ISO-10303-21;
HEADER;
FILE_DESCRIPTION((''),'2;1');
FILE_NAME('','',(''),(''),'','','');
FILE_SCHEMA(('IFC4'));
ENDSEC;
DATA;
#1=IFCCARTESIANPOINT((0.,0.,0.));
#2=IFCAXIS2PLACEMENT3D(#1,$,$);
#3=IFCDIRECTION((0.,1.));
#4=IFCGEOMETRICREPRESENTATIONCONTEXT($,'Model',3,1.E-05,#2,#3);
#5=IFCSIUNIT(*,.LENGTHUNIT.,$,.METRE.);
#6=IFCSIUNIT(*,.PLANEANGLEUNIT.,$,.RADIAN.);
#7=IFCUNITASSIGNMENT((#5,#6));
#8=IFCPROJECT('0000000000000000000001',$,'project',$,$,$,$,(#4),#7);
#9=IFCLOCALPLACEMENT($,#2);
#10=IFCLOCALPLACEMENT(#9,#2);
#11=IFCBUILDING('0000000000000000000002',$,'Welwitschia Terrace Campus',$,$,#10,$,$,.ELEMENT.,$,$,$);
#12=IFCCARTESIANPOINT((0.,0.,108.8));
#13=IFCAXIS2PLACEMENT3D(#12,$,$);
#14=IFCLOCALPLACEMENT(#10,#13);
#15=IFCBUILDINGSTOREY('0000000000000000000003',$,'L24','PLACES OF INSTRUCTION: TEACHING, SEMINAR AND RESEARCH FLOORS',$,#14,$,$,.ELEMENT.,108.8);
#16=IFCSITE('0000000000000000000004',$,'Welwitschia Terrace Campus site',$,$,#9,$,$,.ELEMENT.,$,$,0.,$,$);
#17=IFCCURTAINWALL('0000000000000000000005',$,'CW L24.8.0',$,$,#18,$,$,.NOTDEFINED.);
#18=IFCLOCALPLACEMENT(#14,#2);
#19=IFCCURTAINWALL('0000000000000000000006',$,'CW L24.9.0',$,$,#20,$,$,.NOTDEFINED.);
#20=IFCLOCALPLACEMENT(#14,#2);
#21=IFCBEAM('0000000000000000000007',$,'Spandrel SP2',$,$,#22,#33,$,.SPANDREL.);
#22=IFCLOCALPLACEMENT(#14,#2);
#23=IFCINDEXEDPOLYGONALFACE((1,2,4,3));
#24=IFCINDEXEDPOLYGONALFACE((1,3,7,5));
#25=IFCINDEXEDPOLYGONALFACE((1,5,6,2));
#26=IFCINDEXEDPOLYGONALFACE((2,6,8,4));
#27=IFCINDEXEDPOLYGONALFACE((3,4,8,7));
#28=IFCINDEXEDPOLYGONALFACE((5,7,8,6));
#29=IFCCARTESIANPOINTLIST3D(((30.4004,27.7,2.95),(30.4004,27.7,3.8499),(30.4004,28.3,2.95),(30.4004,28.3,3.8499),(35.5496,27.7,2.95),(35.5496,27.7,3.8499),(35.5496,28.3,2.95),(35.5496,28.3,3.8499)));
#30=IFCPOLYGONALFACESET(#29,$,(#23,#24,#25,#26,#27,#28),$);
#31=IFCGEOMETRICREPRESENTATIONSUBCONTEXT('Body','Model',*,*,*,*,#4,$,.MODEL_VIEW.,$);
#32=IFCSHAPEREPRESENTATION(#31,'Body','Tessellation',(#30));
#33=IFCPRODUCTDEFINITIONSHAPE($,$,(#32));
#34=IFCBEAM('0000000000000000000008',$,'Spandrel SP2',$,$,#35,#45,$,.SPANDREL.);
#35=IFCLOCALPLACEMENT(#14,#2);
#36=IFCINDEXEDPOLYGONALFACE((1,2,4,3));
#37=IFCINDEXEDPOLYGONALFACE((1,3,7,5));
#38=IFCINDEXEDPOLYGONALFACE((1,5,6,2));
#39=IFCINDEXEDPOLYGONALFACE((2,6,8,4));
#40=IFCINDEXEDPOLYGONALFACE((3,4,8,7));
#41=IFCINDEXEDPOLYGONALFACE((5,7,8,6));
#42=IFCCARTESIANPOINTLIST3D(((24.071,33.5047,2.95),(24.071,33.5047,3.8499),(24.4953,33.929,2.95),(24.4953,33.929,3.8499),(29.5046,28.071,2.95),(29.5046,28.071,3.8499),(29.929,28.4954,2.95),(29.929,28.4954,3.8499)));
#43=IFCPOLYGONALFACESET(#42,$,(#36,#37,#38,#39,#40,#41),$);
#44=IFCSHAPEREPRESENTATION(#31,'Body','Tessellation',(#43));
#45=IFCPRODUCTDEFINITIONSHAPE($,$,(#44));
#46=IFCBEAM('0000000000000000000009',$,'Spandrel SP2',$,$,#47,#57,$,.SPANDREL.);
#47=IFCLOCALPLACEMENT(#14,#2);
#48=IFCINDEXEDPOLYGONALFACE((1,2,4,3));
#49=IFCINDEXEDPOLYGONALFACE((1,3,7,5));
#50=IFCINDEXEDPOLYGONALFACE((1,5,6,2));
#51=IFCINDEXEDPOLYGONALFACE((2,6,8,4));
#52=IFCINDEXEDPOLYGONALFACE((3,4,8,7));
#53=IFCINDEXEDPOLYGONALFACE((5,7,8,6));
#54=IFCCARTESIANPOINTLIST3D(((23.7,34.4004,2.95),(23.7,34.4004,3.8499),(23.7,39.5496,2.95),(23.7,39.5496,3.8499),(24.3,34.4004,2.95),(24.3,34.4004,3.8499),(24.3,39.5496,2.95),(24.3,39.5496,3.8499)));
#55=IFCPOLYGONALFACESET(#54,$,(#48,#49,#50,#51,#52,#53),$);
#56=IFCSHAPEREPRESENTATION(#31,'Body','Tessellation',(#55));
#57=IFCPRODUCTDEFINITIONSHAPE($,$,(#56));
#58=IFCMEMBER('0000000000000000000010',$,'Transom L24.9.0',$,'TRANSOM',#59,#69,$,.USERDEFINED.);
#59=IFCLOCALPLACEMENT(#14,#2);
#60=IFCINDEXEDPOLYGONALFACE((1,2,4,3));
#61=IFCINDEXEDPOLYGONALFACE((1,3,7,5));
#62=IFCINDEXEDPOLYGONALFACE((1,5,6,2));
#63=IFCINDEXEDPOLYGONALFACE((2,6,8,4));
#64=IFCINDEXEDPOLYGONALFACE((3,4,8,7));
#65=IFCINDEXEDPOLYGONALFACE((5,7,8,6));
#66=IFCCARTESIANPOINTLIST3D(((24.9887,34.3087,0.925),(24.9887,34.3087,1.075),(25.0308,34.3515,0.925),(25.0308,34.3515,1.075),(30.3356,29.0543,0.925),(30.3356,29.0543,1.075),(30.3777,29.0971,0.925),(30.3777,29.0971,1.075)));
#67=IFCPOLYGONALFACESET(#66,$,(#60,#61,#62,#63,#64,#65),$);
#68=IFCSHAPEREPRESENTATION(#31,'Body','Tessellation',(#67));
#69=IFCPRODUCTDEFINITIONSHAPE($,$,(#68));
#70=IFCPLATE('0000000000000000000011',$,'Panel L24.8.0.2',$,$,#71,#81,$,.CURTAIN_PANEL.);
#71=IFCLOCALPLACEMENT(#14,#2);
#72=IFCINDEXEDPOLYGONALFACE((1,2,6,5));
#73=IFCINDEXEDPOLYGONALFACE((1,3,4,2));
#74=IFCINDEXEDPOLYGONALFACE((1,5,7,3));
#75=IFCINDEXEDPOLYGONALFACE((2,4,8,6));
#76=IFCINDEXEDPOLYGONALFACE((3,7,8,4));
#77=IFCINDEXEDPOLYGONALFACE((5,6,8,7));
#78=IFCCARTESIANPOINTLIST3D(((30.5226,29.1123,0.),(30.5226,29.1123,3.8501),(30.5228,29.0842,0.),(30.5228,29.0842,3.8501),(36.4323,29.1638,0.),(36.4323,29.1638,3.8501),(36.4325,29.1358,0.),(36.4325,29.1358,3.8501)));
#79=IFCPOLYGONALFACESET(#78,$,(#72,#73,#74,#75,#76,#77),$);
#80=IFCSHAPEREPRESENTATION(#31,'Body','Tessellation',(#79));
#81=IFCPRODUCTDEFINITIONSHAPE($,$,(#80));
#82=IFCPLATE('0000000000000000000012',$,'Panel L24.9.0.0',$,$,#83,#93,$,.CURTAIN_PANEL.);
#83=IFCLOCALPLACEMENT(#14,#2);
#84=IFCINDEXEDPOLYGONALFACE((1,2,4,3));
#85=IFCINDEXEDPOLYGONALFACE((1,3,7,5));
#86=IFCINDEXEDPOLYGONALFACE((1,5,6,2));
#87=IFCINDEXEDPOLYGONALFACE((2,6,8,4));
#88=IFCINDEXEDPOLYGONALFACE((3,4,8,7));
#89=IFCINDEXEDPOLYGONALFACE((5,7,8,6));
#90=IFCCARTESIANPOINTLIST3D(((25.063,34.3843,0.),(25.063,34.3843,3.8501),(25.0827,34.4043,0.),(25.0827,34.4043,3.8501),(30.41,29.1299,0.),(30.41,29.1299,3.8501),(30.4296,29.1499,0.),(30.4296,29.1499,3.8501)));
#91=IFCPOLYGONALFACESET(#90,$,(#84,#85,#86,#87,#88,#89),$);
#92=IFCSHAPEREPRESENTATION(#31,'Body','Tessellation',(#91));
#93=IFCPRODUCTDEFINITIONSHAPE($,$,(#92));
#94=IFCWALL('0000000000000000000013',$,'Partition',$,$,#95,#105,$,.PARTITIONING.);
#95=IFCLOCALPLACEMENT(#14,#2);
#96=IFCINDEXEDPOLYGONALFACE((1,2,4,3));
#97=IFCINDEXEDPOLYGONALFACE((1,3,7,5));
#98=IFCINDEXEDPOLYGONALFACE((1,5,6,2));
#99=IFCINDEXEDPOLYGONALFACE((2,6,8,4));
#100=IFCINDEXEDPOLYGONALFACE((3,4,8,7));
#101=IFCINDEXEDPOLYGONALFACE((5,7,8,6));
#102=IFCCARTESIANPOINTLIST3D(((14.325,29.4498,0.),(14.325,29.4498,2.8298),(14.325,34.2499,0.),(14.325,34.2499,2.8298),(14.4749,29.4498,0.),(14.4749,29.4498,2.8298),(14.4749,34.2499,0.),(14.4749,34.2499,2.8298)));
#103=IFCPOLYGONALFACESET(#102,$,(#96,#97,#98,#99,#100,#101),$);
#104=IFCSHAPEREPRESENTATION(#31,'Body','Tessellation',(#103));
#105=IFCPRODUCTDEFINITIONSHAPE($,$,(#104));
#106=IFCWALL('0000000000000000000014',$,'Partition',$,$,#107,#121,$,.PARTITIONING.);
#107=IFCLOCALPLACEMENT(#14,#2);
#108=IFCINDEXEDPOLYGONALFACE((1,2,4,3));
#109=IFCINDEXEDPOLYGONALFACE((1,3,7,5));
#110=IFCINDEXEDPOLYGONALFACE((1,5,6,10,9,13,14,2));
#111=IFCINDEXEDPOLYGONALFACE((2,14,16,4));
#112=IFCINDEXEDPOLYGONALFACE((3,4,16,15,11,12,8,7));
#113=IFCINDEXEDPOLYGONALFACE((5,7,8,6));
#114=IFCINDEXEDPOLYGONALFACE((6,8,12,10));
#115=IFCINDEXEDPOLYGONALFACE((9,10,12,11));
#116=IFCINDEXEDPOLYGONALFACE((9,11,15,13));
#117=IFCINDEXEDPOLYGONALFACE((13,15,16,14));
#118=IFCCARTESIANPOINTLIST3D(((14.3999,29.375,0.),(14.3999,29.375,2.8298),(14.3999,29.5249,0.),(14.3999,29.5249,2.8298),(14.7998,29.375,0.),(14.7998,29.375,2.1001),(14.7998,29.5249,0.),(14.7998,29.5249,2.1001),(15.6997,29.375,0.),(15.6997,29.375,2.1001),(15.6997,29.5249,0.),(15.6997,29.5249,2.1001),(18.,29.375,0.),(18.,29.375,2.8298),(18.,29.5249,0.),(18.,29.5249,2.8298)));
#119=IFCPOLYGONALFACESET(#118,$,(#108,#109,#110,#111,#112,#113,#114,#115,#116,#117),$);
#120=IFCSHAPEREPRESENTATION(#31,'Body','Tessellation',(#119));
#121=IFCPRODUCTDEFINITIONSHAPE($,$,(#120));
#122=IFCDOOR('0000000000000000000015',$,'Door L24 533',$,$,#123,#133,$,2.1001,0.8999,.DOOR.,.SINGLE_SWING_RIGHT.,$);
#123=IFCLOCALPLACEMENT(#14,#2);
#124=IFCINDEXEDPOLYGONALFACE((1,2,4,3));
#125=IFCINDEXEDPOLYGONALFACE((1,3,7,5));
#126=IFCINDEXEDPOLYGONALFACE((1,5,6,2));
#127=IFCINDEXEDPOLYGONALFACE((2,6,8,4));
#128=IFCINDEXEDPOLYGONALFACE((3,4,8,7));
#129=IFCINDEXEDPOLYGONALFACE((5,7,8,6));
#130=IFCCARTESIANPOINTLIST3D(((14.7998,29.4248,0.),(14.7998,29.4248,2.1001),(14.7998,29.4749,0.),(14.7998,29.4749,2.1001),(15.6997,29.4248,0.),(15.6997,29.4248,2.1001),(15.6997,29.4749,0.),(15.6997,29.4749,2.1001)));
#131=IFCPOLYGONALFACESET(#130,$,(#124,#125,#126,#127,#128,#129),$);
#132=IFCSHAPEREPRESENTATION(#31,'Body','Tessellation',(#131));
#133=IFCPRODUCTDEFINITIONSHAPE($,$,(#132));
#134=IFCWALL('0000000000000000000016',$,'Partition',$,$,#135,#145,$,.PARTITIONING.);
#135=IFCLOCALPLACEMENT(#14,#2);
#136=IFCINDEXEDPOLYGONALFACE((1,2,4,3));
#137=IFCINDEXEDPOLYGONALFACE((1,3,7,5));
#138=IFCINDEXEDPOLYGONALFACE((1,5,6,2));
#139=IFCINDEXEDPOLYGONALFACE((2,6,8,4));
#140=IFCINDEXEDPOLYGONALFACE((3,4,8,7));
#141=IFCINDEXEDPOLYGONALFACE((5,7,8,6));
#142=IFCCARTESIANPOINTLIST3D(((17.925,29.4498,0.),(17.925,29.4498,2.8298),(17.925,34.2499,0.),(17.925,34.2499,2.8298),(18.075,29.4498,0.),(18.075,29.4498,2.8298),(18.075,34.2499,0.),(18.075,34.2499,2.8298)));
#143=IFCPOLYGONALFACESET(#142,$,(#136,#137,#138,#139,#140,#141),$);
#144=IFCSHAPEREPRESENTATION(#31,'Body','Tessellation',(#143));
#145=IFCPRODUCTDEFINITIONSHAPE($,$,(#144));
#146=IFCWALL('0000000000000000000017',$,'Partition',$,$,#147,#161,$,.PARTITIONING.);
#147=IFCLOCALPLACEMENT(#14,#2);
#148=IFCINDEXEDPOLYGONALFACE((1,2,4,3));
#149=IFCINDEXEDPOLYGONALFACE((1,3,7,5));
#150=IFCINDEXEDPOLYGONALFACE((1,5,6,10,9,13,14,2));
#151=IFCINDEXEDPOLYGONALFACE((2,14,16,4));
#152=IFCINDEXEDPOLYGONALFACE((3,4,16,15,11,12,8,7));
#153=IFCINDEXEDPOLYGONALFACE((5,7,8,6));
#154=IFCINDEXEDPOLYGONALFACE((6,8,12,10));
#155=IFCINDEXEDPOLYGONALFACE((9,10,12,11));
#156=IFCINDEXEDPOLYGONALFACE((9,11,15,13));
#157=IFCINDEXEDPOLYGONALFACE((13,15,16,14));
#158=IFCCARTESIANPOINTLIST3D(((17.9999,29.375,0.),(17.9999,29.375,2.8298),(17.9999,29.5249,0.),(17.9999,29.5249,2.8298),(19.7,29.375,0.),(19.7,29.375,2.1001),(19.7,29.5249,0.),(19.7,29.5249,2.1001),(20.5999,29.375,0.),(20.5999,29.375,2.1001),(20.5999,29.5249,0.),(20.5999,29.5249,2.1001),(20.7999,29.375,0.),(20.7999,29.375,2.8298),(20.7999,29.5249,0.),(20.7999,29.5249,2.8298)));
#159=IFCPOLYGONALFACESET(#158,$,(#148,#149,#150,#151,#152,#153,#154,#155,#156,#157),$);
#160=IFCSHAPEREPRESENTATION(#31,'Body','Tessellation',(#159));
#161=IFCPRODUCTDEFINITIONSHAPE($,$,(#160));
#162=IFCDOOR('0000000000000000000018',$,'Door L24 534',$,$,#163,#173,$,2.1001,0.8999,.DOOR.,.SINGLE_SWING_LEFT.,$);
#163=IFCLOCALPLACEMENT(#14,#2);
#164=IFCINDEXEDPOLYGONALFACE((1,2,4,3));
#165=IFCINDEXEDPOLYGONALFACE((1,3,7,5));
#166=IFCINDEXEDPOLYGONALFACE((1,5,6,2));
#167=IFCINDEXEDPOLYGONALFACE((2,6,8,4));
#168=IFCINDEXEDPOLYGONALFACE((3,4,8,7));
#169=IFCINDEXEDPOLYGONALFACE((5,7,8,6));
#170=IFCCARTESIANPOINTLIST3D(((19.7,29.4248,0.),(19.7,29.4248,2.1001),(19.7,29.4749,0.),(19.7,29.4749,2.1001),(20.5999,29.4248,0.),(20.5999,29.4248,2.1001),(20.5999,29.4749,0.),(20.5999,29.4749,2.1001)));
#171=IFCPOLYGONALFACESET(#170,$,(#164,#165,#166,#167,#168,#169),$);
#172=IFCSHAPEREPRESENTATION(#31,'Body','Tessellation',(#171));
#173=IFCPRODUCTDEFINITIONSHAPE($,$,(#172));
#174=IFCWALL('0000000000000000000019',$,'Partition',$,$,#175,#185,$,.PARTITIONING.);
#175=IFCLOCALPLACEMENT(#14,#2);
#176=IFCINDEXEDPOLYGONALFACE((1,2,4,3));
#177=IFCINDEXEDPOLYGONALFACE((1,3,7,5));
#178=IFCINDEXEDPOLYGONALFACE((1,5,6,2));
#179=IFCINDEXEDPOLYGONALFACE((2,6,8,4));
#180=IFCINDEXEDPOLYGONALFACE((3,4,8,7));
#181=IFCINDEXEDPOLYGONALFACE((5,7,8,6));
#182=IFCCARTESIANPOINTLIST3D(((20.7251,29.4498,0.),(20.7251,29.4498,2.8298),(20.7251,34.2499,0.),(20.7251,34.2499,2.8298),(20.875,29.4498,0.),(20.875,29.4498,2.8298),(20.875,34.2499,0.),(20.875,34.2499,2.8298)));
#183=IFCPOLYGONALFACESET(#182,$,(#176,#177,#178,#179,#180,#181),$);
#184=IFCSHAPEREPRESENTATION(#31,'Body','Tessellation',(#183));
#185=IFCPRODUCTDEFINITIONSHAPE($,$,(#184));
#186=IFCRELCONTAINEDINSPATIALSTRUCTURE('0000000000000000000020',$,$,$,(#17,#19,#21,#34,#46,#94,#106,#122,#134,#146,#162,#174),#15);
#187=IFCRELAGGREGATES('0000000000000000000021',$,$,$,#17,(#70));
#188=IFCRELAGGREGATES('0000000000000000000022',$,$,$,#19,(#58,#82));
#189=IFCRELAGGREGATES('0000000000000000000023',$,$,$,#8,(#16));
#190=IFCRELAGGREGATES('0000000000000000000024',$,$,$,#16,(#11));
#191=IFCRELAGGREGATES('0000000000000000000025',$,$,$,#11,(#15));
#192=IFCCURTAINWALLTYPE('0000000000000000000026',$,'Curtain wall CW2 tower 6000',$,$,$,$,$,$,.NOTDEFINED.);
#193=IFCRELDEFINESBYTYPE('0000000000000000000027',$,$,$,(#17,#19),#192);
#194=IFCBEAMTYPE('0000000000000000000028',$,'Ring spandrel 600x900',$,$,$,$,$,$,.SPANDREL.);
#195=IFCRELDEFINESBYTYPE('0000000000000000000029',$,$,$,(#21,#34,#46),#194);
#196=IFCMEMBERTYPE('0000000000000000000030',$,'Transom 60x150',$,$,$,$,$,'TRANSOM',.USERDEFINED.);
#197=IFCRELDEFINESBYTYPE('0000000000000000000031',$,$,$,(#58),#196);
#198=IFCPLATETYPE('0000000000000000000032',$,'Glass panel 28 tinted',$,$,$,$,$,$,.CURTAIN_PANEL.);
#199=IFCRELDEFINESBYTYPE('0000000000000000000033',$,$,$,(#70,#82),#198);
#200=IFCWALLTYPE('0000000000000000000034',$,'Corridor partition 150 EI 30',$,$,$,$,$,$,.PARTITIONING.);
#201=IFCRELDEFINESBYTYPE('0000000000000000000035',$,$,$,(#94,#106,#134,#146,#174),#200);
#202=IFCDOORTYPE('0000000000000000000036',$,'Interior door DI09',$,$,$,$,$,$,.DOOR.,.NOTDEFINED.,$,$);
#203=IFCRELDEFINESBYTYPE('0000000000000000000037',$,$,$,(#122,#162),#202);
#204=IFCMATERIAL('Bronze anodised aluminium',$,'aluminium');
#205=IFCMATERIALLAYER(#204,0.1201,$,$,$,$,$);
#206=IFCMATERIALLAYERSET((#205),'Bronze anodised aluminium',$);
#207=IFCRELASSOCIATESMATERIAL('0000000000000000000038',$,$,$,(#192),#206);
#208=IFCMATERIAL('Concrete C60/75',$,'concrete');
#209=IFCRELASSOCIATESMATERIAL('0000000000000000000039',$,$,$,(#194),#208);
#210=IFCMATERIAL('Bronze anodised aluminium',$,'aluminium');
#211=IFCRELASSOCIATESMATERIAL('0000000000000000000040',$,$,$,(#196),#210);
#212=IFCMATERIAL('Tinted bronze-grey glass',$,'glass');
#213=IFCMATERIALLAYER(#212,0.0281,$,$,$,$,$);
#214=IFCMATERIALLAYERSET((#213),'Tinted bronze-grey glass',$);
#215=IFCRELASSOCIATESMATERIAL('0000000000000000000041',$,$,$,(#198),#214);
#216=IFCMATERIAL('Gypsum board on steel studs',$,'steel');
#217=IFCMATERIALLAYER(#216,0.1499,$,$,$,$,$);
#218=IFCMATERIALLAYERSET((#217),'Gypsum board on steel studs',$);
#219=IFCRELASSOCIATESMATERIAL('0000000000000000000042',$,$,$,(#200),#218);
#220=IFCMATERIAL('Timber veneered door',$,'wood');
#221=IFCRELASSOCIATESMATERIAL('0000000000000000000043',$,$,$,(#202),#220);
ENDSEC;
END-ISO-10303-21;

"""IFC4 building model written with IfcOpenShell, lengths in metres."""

from ifc_helpers import new_model, si_unit, direction, frame, frame_2d, origin, origin_2d, place, context, subcontext, project, spatial, rectangle, extrude, material, layer, layer_set, material_profile, profile_set, type_object, element, fill, aggregate, save


model = new_model("IFC4")

# Units and contexts
model_context = context("Model", 3, precision=1e-05, world=origin(), true_north=direction((0.0, 1.0)))
body_context = subcontext(model_context, "Body", "Model", "MODEL_VIEW")
ifc_project = project(units=[si_unit("LENGTHUNIT", "METRE"), si_unit("PLANEANGLEUNIT", "RADIAN")], contexts=[model_context])

# Site, building, storey
site_placement = place(None, origin())
site = spatial("IfcSite", under=ifc_project, at=site_placement, Name="Welwitschia Terrace Campus site", CompositionType="ELEMENT", RefElevation=0.0)
building_placement = place(site_placement, origin())
building = spatial("IfcBuilding", under=site, at=building_placement, Name="Welwitschia Terrace Campus", CompositionType="ELEMENT")
storey_placement = place(building_placement, frame((0.0, 0.0, 108.8)))
storey = spatial("IfcBuildingStorey", under=building, at=storey_placement, Name="L24", Description="PLACES OF INSTRUCTION: TEACHING, SEMINAR AND RESEARCH FLOORS", CompositionType="ELEMENT", Elevation=108.8)

# Curtain walls
ifc_material_1 = material(Name="Bronze anodised aluminium", Category="aluminium")
ifc_layer_1 = layer(ifc_material_1, 0.1201)
ifc_layer_set_1 = layer_set([ifc_layer_1], Name="Bronze anodised aluminium")
curtain_wall_type = type_object("IfcCurtainWallType", Name="Curtain wall CW2 tower 6000", PredefinedType="NOTDEFINED", material=ifc_layer_set_1)
curtain_wall_1_placement = place(storey_placement, origin())
curtain_wall_1 = element("IfcCurtainWall", 1, at=curtain_wall_1_placement, inside=storey, type_object=curtain_wall_type, Name="CW L24.8.0", PredefinedType="NOTDEFINED")
curtain_wall_2_placement = place(storey_placement, origin())
curtain_wall_2 = element("IfcCurtainWall", 2, at=curtain_wall_2_placement, inside=storey, type_object=curtain_wall_type, Name="CW L24.9.0", PredefinedType="NOTDEFINED")

# Beams
ifc_material_2 = material(Name="Concrete C60/75", Category="concrete")
ifc_material_profile_1 = material_profile(ifc_material_2, rectangle(XDim=0.6001, YDim=0.8999, at=origin_2d()))
ifc_profile_set_1 = profile_set([ifc_material_profile_1], Name="Concrete C60/75")
beam_type_1 = type_object("IfcBeamType", Name="Ring spandrel 600x900", PredefinedType="SPANDREL", material=ifc_profile_set_1)
beam_1_placement = place(storey_placement, frame((35.5496, 28.0, 3.3999), z_axis=(-1.0, 0.0, 0.0), x_axis=(0.0, -1.0, 0.0)))
element("IfcBeam", 3, at=beam_1_placement, inside=storey, type_object=beam_type_1, Name="Spandrel SP2", PredefinedType="SPANDREL", context=body_context, shape_type="SweptSolid", body=[
    extrude(rectangle(XDim=0.6001, YDim=0.8999, at=origin_2d()), origin(), (0.0, 0.0, 1.0), 5.1492),
])
beam_2_placement = place(storey_placement, frame((29.7168, 28.2832, 3.3999), z_axis=(-0.707107, 0.707107, 0.0), x_axis=(-0.707107, -0.707107, 0.0)))
element("IfcBeam", 4, at=beam_2_placement, inside=storey, type_object=beam_type_1, Name="Spandrel SP2", PredefinedType="SPANDREL", context=body_context, shape_type="SweptSolid", body=[
    extrude(rectangle(XDim=0.6001, YDim=0.8999, at=origin_2d()), origin(), (0.0, 0.0, 1.0), 7.6843),
])
beam_3_placement = place(storey_placement, frame((24.0, 34.4004, 3.3999), z_axis=(0.0, 1.0, 0.0), x_axis=(-1.0, 0.0, 0.0)))
element("IfcBeam", 5, at=beam_3_placement, inside=storey, type_object=beam_type_1, Name="Spandrel SP2", PredefinedType="SPANDREL", context=body_context, shape_type="SweptSolid", body=[
    extrude(rectangle(XDim=0.6001, YDim=0.8999, at=origin_2d()), origin(), (0.0, 0.0, 1.0), 5.1492),
])

# Member
ifc_material_3 = material(Name="Bronze anodised aluminium", Category="aluminium")
ifc_material_profile_2 = material_profile(ifc_material_3, rectangle(XDim=0.0601, YDim=0.1499, at=origin_2d()))
ifc_profile_set_2 = profile_set([ifc_material_profile_2], Name="Bronze anodised aluminium")
member_type_1 = type_object("IfcMemberType", Name="Transom 60x150", ElementType="TRANSOM", PredefinedType="USERDEFINED", material=ifc_profile_set_2)
member_1_placement = place(storey_placement, frame((30.3567, 29.0757, 1.0), z_axis=(-0.713251, 0.700908, 0.0), x_axis=(-0.700908, -0.713251, 0.0)))
member_1 = element("IfcMember", 6, at=member_1_placement, type_object=member_type_1, Name="Transom L24.9.0", ObjectType="TRANSOM", PredefinedType="USERDEFINED", context=body_context, shape_type="SweptSolid", body=[
    extrude(rectangle(XDim=0.0601, YDim=0.1499, at=origin_2d()), origin(), (0.0, 0.0, 1.0), 7.4966),
])

# Plates
ifc_material_4 = material(Name="Tinted bronze-grey glass", Category="glass")
ifc_layer_2 = layer(ifc_material_4, 0.0281)
ifc_layer_set_2 = layer_set([ifc_layer_2], Name="Tinted bronze-grey glass")
plate_type = type_object("IfcPlateType", Name="Glass panel 28 tinted", PredefinedType="CURTAIN_PANEL", material=ifc_layer_set_2)
plate_1_placement = place(storey_placement, frame((33.4775, 29.124, 0.0), z_axis=(0.0, 0.0, 1.0), x_axis=(-0.999962, -0.008727, 0.0)))
plate_1 = element("IfcPlate", 7, at=plate_1_placement, type_object=plate_type, Name="Panel L24.8.0.2", PredefinedType="CURTAIN_PANEL", context=body_context, shape_type="SweptSolid", body=[
    extrude(rectangle(XDim=5.9099, YDim=0.0281, at=origin_2d()), origin(), (0.0, 0.0, 1.0), 3.8501),
])
aggregate(curtain_wall_1, [plate_1])
plate_2_placement = place(storey_placement, frame((27.7463, 31.7671, 0.0), z_axis=(0.0, 0.0, 1.0), x_axis=(-0.71325, 0.700909, 0.0)))
plate_2 = element("IfcPlate", 8, at=plate_2_placement, type_object=plate_type, Name="Panel L24.9.0.0", PredefinedType="CURTAIN_PANEL", context=body_context, shape_type="SweptSolid", body=[
    extrude(rectangle(XDim=7.4966, YDim=0.0281, at=origin_2d()), origin(), (0.0, 0.0, 1.0), 3.8501),
])
aggregate(curtain_wall_2, [member_1, plate_2])

# Wall
ifc_material_5 = material(Name="Gypsum board on steel studs", Category="steel")
ifc_layer_3 = layer(ifc_material_5, 0.1499)
ifc_layer_set_3 = layer_set([ifc_layer_3], Name="Gypsum board on steel studs")
wall_type = type_object("IfcWallType", Name="Corridor partition 150 EI 30", PredefinedType="PARTITIONING", material=ifc_layer_set_3)
wall_1_placement = place(storey_placement, frame((14.3999, 29.45, 0.0), z_axis=(0.0, 0.0, 1.0), x_axis=(0.0, 1.0, 0.0)))
element("IfcWall", 9, at=wall_1_placement, inside=storey, type_object=wall_type, Name="Partition", PredefinedType="PARTITIONING", context=body_context, shape_type="SweptSolid", body=[
    extrude(rectangle(XDim=4.8, YDim=0.1499, at=frame_2d((2.3999, 0.0))), origin(), (0.0, 0.0, 1.0), 2.8298),
])

# Wall, opening, door
wall_2_placement = place(storey_placement, frame((14.3999, 29.45, 0.0), z_axis=(0.0, 0.0, 1.0), x_axis=(1.0, 0.0, 0.0)))
wall_2 = element("IfcWall", 10, at=wall_2_placement, inside=storey, type_object=wall_type, Name="Partition", PredefinedType="PARTITIONING", context=body_context, shape_type="SweptSolid", body=[
    extrude(rectangle(XDim=3.6001, YDim=0.1499, at=frame_2d((1.8, 0.0))), origin(), (0.0, 0.0, 1.0), 2.8298),
])
opening_1_placement = place(wall_2_placement, frame((0.3999, 0.0, 0.0)))
opening_1 = element("IfcOpeningElement", 11, at=opening_1_placement, cuts=wall_2, PredefinedType="OPENING", context=body_context, shape_type="SweptSolid", body=[
    extrude(rectangle(XDim=0.8999, YDim=2.1001, at=frame_2d((0.45, 1.05))), frame((0.0, 0.085, 0.0), z_axis=(0.0, -1.0, 0.0), x_axis=(1.0, 0.0, 0.0)), (0.0, 0.0, 1.0), 0.1699),
])
ifc_material_6 = material(Name="Timber veneered door", Category="wood")
door_type = type_object("IfcDoorType", Name="Interior door DI09", OperationType="NOTDEFINED", PredefinedType="DOOR", material=ifc_material_6)
door_1_placement = place(opening_1_placement, origin())
door_1 = element("IfcDoor", 12, at=door_1_placement, inside=storey, type_object=door_type, Name="Door L24 533", OperationType="SINGLE_SWING_RIGHT", OverallHeight=2.1001, OverallWidth=0.8999, PredefinedType="DOOR", context=body_context, shape_type="SweptSolid", body=[
    extrude(rectangle(XDim=0.8999, YDim=2.1001, at=frame_2d((0.45, 1.05))), frame((0.0, 0.0249, 0.0), z_axis=(0.0, -1.0, 0.0), x_axis=(1.0, 0.0, 0.0)), (0.0, 0.0, 1.0), 0.05),
])
fill(opening_1, door_1)

# Wall
wall_3_placement = place(storey_placement, frame((18.0, 29.45, 0.0), z_axis=(0.0, 0.0, 1.0), x_axis=(0.0, 1.0, 0.0)))
element("IfcWall", 13, at=wall_3_placement, inside=storey, type_object=wall_type, Name="Partition", PredefinedType="PARTITIONING", context=body_context, shape_type="SweptSolid", body=[
    extrude(rectangle(XDim=4.8, YDim=0.1499, at=frame_2d((2.3999, 0.0))), origin(), (0.0, 0.0, 1.0), 2.8298),
])

# Wall, opening, door
wall_4_placement = place(storey_placement, frame((18.0, 29.45, 0.0), z_axis=(0.0, 0.0, 1.0), x_axis=(1.0, 0.0, 0.0)))
wall_4 = element("IfcWall", 14, at=wall_4_placement, inside=storey, type_object=wall_type, Name="Partition", PredefinedType="PARTITIONING", context=body_context, shape_type="SweptSolid", body=[
    extrude(rectangle(XDim=2.8, YDim=0.1499, at=frame_2d((1.3999, 0.0))), origin(), (0.0, 0.0, 1.0), 2.8298),
])
opening_2_placement = place(wall_4_placement, frame((1.7, 0.0, 0.0)))
opening_2 = element("IfcOpeningElement", 15, at=opening_2_placement, cuts=wall_4, PredefinedType="OPENING", context=body_context, shape_type="SweptSolid", body=[
    extrude(rectangle(XDim=0.8999, YDim=2.1001, at=frame_2d((0.45, 1.05))), frame((0.0, 0.085, 0.0), z_axis=(0.0, -1.0, 0.0), x_axis=(1.0, 0.0, 0.0)), (0.0, 0.0, 1.0), 0.1699),
])
door_2_placement = place(opening_2_placement, origin())
door_2 = element("IfcDoor", 16, at=door_2_placement, inside=storey, type_object=door_type, Name="Door L24 534", OperationType="SINGLE_SWING_LEFT", OverallHeight=2.1001, OverallWidth=0.8999, PredefinedType="DOOR", context=body_context, shape_type="SweptSolid", body=[
    extrude(rectangle(XDim=0.8999, YDim=2.1001, at=frame_2d((0.45, 1.05))), frame((0.0, 0.0249, 0.0), z_axis=(0.0, -1.0, 0.0), x_axis=(1.0, 0.0, 0.0)), (0.0, 0.0, 1.0), 0.05),
])
fill(opening_2, door_2)

# Wall
wall_5_placement = place(storey_placement, frame((20.8, 29.45, 0.0), z_axis=(0.0, 0.0, 1.0), x_axis=(0.0, 1.0, 0.0)))
element("IfcWall", 17, at=wall_5_placement, inside=storey, type_object=wall_type, Name="Partition", PredefinedType="PARTITIONING", context=body_context, shape_type="SweptSolid", body=[
    extrude(rectangle(XDim=4.8, YDim=0.1499, at=frame_2d((2.3999, 0.0))), origin(), (0.0, 0.0, 1.0), 2.8298),
])

save(model, "model.ifc")
